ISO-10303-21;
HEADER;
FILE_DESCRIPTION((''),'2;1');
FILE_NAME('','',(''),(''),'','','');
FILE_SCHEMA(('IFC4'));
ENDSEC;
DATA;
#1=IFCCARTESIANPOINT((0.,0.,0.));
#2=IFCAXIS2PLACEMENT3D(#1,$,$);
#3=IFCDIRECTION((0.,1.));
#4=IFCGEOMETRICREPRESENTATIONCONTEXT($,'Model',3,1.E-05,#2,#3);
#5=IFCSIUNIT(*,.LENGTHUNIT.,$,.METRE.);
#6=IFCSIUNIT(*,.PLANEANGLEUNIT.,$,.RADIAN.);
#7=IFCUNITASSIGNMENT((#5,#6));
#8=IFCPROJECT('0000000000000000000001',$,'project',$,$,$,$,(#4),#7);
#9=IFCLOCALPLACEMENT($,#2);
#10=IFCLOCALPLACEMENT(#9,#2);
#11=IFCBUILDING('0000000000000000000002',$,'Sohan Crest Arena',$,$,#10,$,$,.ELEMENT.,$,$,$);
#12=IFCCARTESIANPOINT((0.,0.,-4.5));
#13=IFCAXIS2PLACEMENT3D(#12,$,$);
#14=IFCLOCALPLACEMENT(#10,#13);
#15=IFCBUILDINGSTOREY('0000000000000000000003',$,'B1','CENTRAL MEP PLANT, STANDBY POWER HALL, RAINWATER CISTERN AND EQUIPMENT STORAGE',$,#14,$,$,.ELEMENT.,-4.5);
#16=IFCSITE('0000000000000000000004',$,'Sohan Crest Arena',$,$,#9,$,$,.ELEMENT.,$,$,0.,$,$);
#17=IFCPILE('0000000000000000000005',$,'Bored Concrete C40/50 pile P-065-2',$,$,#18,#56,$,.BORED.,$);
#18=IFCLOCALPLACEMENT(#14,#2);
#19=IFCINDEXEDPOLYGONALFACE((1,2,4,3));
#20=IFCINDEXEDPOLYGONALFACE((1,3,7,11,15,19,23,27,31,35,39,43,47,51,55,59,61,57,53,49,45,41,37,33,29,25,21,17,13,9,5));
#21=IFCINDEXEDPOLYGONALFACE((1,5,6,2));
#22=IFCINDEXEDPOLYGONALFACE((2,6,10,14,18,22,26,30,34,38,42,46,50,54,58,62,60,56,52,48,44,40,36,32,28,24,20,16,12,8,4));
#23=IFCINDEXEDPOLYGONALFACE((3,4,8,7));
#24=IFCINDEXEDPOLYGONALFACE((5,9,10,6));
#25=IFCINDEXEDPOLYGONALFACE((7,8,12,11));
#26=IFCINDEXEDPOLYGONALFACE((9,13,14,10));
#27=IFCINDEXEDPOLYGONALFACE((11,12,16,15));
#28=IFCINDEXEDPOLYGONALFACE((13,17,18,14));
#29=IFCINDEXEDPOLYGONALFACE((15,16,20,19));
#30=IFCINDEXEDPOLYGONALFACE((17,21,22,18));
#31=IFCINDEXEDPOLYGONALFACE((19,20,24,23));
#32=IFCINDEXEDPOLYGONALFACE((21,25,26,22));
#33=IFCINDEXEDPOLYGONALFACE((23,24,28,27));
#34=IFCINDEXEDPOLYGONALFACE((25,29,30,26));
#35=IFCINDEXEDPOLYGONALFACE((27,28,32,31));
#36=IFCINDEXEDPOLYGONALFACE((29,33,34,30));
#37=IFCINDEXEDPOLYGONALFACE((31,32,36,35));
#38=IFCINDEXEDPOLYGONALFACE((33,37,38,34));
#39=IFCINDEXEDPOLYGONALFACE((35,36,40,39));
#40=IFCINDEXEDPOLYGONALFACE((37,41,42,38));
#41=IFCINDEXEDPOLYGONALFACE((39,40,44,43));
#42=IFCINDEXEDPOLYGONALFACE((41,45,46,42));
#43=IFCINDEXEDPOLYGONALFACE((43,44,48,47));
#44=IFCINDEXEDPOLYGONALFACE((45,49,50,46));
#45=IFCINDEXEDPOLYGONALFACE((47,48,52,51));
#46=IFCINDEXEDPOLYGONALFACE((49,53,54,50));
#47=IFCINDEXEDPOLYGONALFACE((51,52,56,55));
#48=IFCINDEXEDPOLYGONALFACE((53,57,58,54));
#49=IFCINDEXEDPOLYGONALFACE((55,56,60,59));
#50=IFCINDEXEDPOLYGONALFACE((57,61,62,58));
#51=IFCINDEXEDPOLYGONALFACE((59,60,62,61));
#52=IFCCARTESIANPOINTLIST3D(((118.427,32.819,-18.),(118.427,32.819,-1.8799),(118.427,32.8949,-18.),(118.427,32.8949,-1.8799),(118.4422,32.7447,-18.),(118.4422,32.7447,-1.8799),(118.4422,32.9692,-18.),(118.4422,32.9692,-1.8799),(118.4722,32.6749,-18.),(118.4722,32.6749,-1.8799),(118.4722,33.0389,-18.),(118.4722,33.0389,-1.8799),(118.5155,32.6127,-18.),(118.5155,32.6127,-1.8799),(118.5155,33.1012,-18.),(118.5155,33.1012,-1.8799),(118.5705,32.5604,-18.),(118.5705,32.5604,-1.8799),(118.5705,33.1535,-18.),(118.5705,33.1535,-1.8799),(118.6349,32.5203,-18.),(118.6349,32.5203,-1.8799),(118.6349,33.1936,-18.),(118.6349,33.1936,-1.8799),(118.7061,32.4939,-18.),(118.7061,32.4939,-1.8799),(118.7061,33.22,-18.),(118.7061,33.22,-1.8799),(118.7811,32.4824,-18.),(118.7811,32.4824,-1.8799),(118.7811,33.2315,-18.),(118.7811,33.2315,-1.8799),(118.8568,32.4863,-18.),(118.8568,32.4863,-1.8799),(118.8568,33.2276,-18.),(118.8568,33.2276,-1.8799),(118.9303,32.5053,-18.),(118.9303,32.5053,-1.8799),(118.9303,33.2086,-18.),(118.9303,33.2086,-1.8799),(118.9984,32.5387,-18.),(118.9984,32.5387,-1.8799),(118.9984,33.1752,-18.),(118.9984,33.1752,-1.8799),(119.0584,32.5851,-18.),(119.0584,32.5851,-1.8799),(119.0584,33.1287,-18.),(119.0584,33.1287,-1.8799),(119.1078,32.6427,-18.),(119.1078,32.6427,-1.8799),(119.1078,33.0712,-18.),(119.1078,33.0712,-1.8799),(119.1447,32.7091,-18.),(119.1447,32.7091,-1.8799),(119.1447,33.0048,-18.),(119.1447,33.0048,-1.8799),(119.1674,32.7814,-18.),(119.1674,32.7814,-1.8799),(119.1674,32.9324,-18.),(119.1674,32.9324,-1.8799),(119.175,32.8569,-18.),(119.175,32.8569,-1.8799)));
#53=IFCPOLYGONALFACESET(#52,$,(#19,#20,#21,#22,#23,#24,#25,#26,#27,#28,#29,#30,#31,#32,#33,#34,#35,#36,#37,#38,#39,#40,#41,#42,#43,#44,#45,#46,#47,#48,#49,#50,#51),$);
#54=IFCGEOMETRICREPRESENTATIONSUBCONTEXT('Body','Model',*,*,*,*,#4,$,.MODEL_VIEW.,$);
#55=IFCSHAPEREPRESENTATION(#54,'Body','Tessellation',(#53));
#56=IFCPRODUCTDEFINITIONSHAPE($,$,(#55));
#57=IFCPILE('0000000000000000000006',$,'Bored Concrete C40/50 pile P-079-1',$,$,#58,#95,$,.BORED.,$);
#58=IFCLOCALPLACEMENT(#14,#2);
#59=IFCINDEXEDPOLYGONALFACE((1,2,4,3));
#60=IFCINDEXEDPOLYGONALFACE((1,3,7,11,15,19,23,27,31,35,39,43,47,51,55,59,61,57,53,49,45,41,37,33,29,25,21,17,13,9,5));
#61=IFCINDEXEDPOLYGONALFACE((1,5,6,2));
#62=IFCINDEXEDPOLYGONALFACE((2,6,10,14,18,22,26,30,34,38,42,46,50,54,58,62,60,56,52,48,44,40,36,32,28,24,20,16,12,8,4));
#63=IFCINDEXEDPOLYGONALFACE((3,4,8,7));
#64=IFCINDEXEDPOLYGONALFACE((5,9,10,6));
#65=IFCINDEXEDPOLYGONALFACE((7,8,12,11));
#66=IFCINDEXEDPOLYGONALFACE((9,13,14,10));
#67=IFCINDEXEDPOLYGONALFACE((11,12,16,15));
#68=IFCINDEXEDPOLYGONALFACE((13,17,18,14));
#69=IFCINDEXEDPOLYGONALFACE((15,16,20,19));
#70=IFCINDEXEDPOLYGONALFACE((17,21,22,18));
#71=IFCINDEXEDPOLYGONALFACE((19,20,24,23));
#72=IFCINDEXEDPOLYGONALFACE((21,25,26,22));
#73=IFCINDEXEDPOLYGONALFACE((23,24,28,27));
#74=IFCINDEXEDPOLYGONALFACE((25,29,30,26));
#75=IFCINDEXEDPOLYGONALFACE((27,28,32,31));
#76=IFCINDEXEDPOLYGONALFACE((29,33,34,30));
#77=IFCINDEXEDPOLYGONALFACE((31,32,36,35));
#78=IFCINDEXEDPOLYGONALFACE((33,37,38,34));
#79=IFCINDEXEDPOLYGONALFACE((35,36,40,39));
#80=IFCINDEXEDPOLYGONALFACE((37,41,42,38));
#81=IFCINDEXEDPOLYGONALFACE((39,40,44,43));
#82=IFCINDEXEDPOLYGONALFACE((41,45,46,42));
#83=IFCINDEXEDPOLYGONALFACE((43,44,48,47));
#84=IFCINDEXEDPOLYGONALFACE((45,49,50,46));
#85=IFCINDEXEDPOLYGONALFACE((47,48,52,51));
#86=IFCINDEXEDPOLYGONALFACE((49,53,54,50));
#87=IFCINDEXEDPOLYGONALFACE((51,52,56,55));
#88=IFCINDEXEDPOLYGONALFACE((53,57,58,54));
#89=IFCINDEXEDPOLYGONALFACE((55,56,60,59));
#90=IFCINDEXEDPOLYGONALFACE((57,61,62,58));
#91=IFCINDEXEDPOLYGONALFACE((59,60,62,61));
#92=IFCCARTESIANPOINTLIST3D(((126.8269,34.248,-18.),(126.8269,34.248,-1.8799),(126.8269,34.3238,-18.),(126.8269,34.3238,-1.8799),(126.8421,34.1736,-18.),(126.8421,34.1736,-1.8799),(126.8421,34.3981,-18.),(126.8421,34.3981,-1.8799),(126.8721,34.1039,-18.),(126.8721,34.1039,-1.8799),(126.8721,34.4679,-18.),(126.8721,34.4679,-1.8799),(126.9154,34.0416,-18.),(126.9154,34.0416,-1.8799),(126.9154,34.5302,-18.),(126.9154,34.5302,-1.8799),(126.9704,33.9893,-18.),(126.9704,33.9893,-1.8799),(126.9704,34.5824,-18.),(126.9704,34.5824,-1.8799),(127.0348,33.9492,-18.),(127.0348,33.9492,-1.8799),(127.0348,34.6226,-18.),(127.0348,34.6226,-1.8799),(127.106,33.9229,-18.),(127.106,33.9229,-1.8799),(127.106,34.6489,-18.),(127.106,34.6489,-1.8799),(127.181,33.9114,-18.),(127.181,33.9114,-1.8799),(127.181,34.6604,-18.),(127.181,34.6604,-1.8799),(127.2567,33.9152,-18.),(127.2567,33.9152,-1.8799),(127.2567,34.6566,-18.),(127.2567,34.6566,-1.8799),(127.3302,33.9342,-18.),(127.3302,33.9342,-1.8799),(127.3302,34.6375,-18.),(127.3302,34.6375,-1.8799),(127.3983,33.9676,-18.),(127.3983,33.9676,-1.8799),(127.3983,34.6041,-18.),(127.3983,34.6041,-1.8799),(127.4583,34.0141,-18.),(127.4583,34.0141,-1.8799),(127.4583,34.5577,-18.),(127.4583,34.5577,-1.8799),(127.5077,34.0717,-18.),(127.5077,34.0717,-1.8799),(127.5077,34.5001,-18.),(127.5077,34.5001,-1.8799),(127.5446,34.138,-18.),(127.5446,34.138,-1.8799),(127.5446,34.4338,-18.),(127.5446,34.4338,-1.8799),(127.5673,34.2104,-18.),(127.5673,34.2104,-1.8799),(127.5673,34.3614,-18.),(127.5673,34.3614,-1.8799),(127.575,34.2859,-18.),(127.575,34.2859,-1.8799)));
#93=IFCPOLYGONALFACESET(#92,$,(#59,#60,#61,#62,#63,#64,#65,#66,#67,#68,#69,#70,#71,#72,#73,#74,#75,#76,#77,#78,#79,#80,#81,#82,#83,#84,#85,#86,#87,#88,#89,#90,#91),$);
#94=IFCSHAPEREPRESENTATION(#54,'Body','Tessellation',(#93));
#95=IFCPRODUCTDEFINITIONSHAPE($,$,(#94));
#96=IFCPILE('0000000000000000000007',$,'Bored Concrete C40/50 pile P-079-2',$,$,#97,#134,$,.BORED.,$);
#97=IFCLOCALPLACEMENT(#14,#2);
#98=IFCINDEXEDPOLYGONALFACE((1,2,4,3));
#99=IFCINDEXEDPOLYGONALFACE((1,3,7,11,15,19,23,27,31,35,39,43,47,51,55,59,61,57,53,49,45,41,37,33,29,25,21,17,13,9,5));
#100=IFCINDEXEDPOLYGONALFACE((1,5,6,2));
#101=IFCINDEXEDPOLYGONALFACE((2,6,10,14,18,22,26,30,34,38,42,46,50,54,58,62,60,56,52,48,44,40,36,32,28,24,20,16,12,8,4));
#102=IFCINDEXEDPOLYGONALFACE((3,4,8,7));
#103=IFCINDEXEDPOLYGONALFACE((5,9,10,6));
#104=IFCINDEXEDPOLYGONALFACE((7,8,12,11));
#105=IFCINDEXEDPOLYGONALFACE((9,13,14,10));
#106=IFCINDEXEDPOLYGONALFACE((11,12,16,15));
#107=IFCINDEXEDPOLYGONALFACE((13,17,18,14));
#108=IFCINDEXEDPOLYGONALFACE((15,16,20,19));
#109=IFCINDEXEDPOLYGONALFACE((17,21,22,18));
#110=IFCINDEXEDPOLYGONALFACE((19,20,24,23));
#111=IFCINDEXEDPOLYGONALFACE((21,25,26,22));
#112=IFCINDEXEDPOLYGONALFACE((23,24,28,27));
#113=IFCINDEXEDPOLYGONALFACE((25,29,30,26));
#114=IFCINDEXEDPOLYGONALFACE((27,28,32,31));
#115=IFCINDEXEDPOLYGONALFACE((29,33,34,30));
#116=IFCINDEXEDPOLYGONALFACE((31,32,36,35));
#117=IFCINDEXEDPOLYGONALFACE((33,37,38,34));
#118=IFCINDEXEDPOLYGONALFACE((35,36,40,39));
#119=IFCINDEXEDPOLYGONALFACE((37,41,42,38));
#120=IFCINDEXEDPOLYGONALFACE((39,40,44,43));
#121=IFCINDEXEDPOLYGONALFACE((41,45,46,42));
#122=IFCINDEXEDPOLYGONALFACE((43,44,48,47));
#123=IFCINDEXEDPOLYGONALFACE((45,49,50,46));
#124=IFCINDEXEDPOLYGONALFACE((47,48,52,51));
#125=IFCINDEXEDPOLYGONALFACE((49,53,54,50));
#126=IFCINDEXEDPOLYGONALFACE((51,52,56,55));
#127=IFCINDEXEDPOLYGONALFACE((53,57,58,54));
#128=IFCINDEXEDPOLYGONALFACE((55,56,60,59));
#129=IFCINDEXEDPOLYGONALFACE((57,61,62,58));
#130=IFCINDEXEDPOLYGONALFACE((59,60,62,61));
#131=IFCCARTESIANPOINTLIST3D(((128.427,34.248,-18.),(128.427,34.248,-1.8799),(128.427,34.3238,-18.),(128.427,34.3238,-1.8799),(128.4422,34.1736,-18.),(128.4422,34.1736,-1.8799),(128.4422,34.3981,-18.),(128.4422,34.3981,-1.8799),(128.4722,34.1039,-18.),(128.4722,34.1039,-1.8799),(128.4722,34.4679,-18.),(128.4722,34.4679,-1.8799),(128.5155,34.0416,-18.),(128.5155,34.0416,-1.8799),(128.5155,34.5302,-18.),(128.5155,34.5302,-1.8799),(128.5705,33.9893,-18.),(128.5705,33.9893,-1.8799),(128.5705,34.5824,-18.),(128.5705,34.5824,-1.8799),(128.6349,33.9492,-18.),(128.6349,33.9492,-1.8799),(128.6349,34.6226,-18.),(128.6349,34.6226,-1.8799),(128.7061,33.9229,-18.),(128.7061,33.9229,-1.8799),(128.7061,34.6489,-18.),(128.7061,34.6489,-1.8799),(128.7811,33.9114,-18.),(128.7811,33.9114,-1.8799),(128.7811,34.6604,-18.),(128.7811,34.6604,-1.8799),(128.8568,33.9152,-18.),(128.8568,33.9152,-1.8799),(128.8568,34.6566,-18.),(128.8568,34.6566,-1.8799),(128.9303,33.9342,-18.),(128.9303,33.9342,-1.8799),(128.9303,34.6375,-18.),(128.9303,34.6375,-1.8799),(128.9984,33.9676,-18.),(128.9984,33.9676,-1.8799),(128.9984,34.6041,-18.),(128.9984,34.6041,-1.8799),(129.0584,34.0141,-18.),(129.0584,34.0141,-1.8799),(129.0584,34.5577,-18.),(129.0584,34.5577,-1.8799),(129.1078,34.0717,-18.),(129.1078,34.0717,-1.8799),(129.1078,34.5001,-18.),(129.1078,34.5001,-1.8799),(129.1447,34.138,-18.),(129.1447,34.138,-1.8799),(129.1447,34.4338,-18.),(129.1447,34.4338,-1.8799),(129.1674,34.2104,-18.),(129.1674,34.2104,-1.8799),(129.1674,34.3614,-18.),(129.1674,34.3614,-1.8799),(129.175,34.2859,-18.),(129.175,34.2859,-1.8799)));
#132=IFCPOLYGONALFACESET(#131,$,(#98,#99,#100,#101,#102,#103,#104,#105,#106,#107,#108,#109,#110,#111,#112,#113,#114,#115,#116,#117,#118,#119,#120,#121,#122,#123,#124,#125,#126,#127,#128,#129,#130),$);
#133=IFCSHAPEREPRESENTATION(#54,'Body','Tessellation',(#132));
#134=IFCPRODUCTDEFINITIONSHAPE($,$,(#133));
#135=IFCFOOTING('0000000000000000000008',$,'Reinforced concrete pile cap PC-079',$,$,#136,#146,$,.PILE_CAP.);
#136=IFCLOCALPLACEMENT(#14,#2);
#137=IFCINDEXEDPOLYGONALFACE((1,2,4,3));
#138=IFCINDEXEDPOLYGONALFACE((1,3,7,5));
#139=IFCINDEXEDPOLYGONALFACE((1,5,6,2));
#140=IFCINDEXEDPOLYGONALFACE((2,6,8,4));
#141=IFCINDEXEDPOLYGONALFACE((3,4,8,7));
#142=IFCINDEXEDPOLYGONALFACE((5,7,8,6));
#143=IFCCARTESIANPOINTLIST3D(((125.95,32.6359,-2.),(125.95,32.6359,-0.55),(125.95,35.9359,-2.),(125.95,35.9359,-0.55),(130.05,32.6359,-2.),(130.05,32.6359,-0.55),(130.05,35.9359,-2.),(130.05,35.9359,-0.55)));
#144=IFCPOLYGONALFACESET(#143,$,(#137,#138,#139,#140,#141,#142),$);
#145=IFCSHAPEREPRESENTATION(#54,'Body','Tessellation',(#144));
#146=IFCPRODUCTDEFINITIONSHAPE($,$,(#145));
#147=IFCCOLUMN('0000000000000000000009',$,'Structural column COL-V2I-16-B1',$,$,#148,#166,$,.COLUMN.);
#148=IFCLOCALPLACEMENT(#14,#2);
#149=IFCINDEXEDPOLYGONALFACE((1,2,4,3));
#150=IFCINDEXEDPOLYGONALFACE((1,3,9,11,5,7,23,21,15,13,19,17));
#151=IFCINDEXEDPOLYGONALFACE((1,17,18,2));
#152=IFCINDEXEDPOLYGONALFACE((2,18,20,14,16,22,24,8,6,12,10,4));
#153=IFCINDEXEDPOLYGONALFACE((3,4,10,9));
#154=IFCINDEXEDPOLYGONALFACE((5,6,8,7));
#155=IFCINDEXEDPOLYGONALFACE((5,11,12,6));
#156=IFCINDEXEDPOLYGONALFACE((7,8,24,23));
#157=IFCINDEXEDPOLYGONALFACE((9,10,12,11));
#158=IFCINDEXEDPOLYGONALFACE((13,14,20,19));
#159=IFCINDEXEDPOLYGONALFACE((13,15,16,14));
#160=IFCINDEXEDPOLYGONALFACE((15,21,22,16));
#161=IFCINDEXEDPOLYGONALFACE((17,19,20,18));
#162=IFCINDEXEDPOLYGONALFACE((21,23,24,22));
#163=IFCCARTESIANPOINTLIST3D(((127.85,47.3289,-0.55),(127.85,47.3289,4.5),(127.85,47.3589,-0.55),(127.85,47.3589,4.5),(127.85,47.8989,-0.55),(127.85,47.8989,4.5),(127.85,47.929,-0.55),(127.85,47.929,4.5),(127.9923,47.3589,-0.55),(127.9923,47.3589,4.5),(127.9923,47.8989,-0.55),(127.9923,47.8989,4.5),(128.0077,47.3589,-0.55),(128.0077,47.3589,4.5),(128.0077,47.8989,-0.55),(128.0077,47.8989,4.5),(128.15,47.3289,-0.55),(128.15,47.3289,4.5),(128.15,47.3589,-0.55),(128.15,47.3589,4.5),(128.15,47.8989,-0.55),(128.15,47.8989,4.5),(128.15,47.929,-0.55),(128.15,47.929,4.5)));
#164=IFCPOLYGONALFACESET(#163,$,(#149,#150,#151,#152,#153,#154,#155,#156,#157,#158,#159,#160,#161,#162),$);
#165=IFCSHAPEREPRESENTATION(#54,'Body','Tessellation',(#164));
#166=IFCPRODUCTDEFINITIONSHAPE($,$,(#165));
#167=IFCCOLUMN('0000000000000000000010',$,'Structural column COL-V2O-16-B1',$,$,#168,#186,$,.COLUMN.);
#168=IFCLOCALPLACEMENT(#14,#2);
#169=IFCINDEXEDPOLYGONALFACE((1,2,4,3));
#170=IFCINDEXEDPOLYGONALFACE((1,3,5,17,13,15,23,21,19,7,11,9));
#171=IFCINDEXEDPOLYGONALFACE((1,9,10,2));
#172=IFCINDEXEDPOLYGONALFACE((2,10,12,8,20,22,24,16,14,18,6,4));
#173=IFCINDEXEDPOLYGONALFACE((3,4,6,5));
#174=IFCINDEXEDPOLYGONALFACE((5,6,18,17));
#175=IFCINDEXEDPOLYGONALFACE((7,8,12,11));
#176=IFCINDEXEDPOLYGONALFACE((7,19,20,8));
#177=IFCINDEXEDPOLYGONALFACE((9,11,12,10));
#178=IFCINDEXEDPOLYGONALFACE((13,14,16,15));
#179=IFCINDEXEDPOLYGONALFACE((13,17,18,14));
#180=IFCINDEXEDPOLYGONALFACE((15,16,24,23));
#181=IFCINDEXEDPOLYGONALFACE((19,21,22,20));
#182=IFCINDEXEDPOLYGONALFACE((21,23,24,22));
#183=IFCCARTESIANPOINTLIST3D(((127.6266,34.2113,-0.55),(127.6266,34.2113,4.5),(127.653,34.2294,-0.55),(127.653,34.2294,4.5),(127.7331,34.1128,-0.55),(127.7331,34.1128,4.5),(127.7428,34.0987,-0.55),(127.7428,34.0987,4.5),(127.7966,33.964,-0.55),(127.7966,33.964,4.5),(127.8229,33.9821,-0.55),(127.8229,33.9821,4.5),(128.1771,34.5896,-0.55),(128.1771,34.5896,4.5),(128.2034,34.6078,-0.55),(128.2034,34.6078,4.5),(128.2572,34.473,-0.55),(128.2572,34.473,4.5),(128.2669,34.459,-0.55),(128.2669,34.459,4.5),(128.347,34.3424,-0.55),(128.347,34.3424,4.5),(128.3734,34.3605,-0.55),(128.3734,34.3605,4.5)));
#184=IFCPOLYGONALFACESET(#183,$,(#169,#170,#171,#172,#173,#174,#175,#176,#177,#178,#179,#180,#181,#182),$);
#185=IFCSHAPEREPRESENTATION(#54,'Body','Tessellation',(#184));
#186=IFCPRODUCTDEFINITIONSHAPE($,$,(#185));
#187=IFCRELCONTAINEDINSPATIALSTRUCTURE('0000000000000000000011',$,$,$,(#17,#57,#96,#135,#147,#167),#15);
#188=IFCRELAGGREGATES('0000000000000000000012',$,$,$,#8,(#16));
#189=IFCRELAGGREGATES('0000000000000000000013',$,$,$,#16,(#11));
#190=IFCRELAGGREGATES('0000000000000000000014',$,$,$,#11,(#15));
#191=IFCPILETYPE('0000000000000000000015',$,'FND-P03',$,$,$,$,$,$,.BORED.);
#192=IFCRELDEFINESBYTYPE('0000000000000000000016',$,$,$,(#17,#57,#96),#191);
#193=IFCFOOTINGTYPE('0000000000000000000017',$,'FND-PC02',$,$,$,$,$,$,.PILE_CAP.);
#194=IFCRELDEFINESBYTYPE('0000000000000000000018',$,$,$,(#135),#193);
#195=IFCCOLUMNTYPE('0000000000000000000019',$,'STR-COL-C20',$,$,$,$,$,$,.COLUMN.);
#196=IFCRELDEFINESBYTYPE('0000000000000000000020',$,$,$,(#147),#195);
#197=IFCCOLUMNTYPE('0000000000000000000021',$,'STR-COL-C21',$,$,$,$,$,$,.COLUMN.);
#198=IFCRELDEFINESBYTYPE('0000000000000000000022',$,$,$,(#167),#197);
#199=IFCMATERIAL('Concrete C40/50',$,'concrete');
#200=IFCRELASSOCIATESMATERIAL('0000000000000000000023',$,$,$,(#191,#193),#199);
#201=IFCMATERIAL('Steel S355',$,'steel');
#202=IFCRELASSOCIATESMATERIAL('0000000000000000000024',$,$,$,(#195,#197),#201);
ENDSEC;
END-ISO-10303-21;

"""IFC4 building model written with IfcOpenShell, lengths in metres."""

from ifc_helpers import new_model, si_unit, direction, frame, origin, origin_2d, place, context, subcontext, project, spatial, rectangle, circle, i_section, extrude, material, material_profile, profile_set, type_object, element, save


model = new_model("IFC4")

# Units and contexts
model_context = context("Model", 3, precision=1e-05, world=origin(), true_north=direction((0.0, 1.0)))
body_context = subcontext(model_context, "Body", "Model", "MODEL_VIEW")
ifc_project = project(units=[si_unit("LENGTHUNIT", "METRE"), si_unit("PLANEANGLEUNIT", "RADIAN")], contexts=[model_context])

# Site, building, storey
site_placement = place(None, origin())
site = spatial("IfcSite", under=ifc_project, at=site_placement, Name="Sohan Crest Arena", CompositionType="ELEMENT", RefElevation=0.0)
building_placement = place(site_placement, origin())
building = spatial("IfcBuilding", under=site, at=building_placement, Name="Sohan Crest Arena", CompositionType="ELEMENT")
storey_placement = place(building_placement, frame((0.0, 0.0, -4.5)))
storey = spatial("IfcBuildingStorey", under=building, at=storey_placement, Name="B1", Description="CENTRAL MEP PLANT, STANDBY POWER HALL, RAINWATER CISTERN AND EQUIPMENT STORAGE", CompositionType="ELEMENT", Elevation=-4.5)

# Shared definitions
ifc_material_1 = material(Name="Concrete C40/50", Category="concrete")

# Piles
ifc_material_profile_1 = material_profile(ifc_material_1, circle(Radius=0.375, at=origin_2d()), Name="PILE D750")
ifc_profile_set_1 = profile_set([ifc_material_profile_1], Name="Concrete C40/50")
pile_type_1 = type_object("IfcPileType", Name="FND-P03", PredefinedType="BORED", material=ifc_profile_set_1)
for number, where, z_axis, x_axis, name in (
    (1, (118.8, 32.8569, -18.0), (0.0, 0.0, 1.0), (1.0, 0.0, 0.0), "Bored Concrete C40/50 pile P-065-2"),
    (2, (127.2, 34.2859, -18.0), (0.0, 0.0, 1.0), (1.0, 0.0, 0.0), "Bored Concrete C40/50 pile P-079-1"),
    (3, (128.8, 34.2859, -18.0), (0.0, 0.0, 1.0), (1.0, 0.0, 0.0), "Bored Concrete C40/50 pile P-079-2"),
):
    element("IfcPile", number, at=place(storey_placement, frame(where, z_axis=z_axis, x_axis=x_axis)), inside=storey, type_object=pile_type_1, Name=name, PredefinedType="BORED", context=body_context, shape_type="SweptSolid", body=[
        extrude(circle(Radius=0.375, at=origin_2d()), origin(), (0.0, 0.0, 1.0), 16.1201),
    ])

# Footing
footing_type_1 = type_object("IfcFootingType", Name="FND-PC02", PredefinedType="PILE_CAP", material=ifc_material_1)
footing_1_placement = place(storey_placement, frame((128.0, 34.2859, -2.0), z_axis=(0.0, 0.0, 1.0), x_axis=(1.0, 0.0, 0.0)))
element("IfcFooting", 4, at=footing_1_placement, inside=storey, type_object=footing_type_1, Name="Reinforced concrete pile cap PC-079", PredefinedType="PILE_CAP", context=body_context, shape_type="SweptSolid", body=[
    extrude(rectangle(XDim=4.1001, YDim=3.3, at=origin_2d()), origin(), (0.0, 0.0, 1.0), 1.45),
])

# Columns
ifc_material_2 = material(Name="Steel S355", Category="steel")
ifc_material_profile_2 = material_profile(ifc_material_2, i_section(OverallWidth=0.3, OverallDepth=0.6001, WebThickness=0.0154, FlangeThickness=0.03, at=origin_2d()), Name="HEB 600")
ifc_profile_set_2 = profile_set([ifc_material_profile_2], Name="Steel S355")
column_type_1 = type_object("IfcColumnType", Name="STR-COL-C20", PredefinedType="COLUMN", material=ifc_profile_set_2)
column_1_placement = place(storey_placement, frame((128.0, 47.6289, -0.55), z_axis=(0.0, 0.0, 1.0), x_axis=(1.0, 0.0, 0.0)))
element("IfcColumn", 5, at=column_1_placement, inside=storey, type_object=column_type_1, Name="Structural column COL-V2I-16-B1", PredefinedType="COLUMN", context=body_context, shape_type="SweptSolid", body=[
    extrude(i_section(OverallWidth=0.3, OverallDepth=0.6001, WebThickness=0.0154, FlangeThickness=0.03, at=origin_2d()), origin(), (0.0, 0.0, 1.0), 5.05),
])
ifc_material_profile_3 = material_profile(ifc_material_2, i_section(OverallWidth=0.3, OverallDepth=0.7, WebThickness=0.0171, FlangeThickness=0.032, at=origin_2d()), Name="HEB 700")
ifc_profile_set_3 = profile_set([ifc_material_profile_3], Name="Steel S355")
column_type_2 = type_object("IfcColumnType", Name="STR-COL-C21", PredefinedType="COLUMN", material=ifc_profile_set_3)
column_2_placement = place(storey_placement, frame((128.0, 34.2859, -0.55), z_axis=(0.0, 0.0, 1.0), x_axis=(-0.566406, 0.824126, 0.0)))
element("IfcColumn", 6, at=column_2_placement, inside=storey, type_object=column_type_2, Name="Structural column COL-V2O-16-B1", PredefinedType="COLUMN", context=body_context, shape_type="SweptSolid", body=[
    extrude(i_section(OverallWidth=0.3, OverallDepth=0.7, WebThickness=0.0171, FlangeThickness=0.032, at=origin_2d()), origin(), (0.0, 0.0, 1.0), 5.05),
])

save(model, "model.ifc")
